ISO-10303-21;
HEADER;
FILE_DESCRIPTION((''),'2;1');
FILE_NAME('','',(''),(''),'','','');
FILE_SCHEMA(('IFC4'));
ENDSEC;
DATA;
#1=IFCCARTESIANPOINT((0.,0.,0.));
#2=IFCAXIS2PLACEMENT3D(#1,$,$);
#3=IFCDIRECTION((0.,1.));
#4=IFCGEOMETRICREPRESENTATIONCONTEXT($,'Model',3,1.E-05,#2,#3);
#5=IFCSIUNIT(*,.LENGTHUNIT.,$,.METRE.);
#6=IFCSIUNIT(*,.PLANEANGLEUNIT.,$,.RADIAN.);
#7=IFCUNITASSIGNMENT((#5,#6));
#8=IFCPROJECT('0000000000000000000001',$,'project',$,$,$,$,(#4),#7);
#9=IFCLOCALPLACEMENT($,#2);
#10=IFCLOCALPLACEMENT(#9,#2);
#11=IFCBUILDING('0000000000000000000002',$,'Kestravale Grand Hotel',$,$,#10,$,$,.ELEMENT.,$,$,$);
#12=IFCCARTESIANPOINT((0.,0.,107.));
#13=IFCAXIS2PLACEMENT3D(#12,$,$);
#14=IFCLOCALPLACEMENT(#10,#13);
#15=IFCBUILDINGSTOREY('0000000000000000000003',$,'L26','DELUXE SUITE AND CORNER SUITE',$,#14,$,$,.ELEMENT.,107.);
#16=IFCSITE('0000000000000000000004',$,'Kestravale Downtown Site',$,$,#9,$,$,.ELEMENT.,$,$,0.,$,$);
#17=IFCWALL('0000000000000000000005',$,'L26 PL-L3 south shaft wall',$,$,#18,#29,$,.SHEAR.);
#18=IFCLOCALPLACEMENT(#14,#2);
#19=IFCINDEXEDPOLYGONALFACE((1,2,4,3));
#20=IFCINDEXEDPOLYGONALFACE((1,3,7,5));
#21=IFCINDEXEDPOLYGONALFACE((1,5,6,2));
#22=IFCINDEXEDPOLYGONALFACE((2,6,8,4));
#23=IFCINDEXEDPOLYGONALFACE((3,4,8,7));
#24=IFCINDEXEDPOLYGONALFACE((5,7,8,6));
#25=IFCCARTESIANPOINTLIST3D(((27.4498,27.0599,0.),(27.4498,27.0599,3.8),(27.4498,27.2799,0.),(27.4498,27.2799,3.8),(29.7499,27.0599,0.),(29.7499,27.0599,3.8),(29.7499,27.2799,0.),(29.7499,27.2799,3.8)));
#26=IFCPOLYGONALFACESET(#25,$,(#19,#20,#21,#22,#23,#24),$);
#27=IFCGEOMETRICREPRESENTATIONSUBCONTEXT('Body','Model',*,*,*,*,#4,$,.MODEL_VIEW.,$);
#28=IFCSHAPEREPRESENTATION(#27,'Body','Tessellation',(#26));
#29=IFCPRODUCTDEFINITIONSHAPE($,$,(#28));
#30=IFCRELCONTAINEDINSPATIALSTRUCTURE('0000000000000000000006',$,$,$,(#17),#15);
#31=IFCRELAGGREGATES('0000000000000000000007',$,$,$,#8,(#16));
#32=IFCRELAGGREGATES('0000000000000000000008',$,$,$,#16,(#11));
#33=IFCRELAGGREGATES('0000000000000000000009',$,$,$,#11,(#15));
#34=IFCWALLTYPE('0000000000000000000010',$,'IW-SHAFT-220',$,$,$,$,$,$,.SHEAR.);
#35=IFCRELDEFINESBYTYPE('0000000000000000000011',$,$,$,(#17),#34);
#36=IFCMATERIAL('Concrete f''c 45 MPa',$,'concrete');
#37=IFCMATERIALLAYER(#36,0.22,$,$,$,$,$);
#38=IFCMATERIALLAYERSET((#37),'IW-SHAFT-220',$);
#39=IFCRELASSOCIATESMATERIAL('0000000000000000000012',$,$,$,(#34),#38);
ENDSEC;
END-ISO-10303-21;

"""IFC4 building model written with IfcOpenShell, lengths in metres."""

from ifc_helpers import new_model, si_unit, direction, frame, frame_2d, origin, place, context, subcontext, project, spatial, rectangle, extrude, material, layer, layer_set, type_object, element, save


model = new_model("IFC4")

# Units and contexts
model_context = context("Model", 3, precision=1e-05, world=origin(), true_north=direction((0.0, 1.0)))
body_context = subcontext(model_context, "Body", "Model", "MODEL_VIEW")
ifc_project = project(units=[si_unit("LENGTHUNIT", "METRE"), si_unit("PLANEANGLEUNIT", "RADIAN")], contexts=[model_context])

# Site, building, storey
site_placement = place(None, origin())
site = spatial("IfcSite", under=ifc_project, at=site_placement, Name="Kestravale Downtown Site", CompositionType="ELEMENT", RefElevation=0.0)
building_placement = place(site_placement, origin())
building = spatial("IfcBuilding", under=site, at=building_placement, Name="Kestravale Grand Hotel", CompositionType="ELEMENT")
storey_placement = place(building_placement, frame((0.0, 0.0, 107.0)))
storey = spatial("IfcBuildingStorey", under=building, at=storey_placement, Name="L26", Description="DELUXE SUITE AND CORNER SUITE", CompositionType="ELEMENT", Elevation=107.0)

# Wall
ifc_material_1 = material(Name="Concrete f'c 45 MPa", Category="concrete")
ifc_layer_1 = layer(ifc_material_1, 0.22)
ifc_layer_set_1 = layer_set([ifc_layer_1], Name="IW-SHAFT-220")
wall_type_1 = type_object("IfcWallType", Name="IW-SHAFT-220", PredefinedType="SHEAR", material=ifc_layer_set_1)
for number, where, z_axis, x_axis, name in (
    (1, (27.45, 27.1699, 0.0), (0.0, 0.0, 1.0), (1.0, 0.0, 0.0), "L26 PL-L3 south shaft wall"),
):
    element("IfcWall", number, at=place(storey_placement, frame(where, z_axis=z_axis, x_axis=x_axis)), inside=storey, type_object=wall_type_1, Name=name, PredefinedType="SHEAR", context=body_context, shape_type="SweptSolid", body=[
        extrude(rectangle(XDim=2.3, YDim=0.22, at=frame_2d((1.1499, 0.0))), origin(), (0.0, 0.0, 1.0), 3.8),
    ])

save(model, "model.ifc")
